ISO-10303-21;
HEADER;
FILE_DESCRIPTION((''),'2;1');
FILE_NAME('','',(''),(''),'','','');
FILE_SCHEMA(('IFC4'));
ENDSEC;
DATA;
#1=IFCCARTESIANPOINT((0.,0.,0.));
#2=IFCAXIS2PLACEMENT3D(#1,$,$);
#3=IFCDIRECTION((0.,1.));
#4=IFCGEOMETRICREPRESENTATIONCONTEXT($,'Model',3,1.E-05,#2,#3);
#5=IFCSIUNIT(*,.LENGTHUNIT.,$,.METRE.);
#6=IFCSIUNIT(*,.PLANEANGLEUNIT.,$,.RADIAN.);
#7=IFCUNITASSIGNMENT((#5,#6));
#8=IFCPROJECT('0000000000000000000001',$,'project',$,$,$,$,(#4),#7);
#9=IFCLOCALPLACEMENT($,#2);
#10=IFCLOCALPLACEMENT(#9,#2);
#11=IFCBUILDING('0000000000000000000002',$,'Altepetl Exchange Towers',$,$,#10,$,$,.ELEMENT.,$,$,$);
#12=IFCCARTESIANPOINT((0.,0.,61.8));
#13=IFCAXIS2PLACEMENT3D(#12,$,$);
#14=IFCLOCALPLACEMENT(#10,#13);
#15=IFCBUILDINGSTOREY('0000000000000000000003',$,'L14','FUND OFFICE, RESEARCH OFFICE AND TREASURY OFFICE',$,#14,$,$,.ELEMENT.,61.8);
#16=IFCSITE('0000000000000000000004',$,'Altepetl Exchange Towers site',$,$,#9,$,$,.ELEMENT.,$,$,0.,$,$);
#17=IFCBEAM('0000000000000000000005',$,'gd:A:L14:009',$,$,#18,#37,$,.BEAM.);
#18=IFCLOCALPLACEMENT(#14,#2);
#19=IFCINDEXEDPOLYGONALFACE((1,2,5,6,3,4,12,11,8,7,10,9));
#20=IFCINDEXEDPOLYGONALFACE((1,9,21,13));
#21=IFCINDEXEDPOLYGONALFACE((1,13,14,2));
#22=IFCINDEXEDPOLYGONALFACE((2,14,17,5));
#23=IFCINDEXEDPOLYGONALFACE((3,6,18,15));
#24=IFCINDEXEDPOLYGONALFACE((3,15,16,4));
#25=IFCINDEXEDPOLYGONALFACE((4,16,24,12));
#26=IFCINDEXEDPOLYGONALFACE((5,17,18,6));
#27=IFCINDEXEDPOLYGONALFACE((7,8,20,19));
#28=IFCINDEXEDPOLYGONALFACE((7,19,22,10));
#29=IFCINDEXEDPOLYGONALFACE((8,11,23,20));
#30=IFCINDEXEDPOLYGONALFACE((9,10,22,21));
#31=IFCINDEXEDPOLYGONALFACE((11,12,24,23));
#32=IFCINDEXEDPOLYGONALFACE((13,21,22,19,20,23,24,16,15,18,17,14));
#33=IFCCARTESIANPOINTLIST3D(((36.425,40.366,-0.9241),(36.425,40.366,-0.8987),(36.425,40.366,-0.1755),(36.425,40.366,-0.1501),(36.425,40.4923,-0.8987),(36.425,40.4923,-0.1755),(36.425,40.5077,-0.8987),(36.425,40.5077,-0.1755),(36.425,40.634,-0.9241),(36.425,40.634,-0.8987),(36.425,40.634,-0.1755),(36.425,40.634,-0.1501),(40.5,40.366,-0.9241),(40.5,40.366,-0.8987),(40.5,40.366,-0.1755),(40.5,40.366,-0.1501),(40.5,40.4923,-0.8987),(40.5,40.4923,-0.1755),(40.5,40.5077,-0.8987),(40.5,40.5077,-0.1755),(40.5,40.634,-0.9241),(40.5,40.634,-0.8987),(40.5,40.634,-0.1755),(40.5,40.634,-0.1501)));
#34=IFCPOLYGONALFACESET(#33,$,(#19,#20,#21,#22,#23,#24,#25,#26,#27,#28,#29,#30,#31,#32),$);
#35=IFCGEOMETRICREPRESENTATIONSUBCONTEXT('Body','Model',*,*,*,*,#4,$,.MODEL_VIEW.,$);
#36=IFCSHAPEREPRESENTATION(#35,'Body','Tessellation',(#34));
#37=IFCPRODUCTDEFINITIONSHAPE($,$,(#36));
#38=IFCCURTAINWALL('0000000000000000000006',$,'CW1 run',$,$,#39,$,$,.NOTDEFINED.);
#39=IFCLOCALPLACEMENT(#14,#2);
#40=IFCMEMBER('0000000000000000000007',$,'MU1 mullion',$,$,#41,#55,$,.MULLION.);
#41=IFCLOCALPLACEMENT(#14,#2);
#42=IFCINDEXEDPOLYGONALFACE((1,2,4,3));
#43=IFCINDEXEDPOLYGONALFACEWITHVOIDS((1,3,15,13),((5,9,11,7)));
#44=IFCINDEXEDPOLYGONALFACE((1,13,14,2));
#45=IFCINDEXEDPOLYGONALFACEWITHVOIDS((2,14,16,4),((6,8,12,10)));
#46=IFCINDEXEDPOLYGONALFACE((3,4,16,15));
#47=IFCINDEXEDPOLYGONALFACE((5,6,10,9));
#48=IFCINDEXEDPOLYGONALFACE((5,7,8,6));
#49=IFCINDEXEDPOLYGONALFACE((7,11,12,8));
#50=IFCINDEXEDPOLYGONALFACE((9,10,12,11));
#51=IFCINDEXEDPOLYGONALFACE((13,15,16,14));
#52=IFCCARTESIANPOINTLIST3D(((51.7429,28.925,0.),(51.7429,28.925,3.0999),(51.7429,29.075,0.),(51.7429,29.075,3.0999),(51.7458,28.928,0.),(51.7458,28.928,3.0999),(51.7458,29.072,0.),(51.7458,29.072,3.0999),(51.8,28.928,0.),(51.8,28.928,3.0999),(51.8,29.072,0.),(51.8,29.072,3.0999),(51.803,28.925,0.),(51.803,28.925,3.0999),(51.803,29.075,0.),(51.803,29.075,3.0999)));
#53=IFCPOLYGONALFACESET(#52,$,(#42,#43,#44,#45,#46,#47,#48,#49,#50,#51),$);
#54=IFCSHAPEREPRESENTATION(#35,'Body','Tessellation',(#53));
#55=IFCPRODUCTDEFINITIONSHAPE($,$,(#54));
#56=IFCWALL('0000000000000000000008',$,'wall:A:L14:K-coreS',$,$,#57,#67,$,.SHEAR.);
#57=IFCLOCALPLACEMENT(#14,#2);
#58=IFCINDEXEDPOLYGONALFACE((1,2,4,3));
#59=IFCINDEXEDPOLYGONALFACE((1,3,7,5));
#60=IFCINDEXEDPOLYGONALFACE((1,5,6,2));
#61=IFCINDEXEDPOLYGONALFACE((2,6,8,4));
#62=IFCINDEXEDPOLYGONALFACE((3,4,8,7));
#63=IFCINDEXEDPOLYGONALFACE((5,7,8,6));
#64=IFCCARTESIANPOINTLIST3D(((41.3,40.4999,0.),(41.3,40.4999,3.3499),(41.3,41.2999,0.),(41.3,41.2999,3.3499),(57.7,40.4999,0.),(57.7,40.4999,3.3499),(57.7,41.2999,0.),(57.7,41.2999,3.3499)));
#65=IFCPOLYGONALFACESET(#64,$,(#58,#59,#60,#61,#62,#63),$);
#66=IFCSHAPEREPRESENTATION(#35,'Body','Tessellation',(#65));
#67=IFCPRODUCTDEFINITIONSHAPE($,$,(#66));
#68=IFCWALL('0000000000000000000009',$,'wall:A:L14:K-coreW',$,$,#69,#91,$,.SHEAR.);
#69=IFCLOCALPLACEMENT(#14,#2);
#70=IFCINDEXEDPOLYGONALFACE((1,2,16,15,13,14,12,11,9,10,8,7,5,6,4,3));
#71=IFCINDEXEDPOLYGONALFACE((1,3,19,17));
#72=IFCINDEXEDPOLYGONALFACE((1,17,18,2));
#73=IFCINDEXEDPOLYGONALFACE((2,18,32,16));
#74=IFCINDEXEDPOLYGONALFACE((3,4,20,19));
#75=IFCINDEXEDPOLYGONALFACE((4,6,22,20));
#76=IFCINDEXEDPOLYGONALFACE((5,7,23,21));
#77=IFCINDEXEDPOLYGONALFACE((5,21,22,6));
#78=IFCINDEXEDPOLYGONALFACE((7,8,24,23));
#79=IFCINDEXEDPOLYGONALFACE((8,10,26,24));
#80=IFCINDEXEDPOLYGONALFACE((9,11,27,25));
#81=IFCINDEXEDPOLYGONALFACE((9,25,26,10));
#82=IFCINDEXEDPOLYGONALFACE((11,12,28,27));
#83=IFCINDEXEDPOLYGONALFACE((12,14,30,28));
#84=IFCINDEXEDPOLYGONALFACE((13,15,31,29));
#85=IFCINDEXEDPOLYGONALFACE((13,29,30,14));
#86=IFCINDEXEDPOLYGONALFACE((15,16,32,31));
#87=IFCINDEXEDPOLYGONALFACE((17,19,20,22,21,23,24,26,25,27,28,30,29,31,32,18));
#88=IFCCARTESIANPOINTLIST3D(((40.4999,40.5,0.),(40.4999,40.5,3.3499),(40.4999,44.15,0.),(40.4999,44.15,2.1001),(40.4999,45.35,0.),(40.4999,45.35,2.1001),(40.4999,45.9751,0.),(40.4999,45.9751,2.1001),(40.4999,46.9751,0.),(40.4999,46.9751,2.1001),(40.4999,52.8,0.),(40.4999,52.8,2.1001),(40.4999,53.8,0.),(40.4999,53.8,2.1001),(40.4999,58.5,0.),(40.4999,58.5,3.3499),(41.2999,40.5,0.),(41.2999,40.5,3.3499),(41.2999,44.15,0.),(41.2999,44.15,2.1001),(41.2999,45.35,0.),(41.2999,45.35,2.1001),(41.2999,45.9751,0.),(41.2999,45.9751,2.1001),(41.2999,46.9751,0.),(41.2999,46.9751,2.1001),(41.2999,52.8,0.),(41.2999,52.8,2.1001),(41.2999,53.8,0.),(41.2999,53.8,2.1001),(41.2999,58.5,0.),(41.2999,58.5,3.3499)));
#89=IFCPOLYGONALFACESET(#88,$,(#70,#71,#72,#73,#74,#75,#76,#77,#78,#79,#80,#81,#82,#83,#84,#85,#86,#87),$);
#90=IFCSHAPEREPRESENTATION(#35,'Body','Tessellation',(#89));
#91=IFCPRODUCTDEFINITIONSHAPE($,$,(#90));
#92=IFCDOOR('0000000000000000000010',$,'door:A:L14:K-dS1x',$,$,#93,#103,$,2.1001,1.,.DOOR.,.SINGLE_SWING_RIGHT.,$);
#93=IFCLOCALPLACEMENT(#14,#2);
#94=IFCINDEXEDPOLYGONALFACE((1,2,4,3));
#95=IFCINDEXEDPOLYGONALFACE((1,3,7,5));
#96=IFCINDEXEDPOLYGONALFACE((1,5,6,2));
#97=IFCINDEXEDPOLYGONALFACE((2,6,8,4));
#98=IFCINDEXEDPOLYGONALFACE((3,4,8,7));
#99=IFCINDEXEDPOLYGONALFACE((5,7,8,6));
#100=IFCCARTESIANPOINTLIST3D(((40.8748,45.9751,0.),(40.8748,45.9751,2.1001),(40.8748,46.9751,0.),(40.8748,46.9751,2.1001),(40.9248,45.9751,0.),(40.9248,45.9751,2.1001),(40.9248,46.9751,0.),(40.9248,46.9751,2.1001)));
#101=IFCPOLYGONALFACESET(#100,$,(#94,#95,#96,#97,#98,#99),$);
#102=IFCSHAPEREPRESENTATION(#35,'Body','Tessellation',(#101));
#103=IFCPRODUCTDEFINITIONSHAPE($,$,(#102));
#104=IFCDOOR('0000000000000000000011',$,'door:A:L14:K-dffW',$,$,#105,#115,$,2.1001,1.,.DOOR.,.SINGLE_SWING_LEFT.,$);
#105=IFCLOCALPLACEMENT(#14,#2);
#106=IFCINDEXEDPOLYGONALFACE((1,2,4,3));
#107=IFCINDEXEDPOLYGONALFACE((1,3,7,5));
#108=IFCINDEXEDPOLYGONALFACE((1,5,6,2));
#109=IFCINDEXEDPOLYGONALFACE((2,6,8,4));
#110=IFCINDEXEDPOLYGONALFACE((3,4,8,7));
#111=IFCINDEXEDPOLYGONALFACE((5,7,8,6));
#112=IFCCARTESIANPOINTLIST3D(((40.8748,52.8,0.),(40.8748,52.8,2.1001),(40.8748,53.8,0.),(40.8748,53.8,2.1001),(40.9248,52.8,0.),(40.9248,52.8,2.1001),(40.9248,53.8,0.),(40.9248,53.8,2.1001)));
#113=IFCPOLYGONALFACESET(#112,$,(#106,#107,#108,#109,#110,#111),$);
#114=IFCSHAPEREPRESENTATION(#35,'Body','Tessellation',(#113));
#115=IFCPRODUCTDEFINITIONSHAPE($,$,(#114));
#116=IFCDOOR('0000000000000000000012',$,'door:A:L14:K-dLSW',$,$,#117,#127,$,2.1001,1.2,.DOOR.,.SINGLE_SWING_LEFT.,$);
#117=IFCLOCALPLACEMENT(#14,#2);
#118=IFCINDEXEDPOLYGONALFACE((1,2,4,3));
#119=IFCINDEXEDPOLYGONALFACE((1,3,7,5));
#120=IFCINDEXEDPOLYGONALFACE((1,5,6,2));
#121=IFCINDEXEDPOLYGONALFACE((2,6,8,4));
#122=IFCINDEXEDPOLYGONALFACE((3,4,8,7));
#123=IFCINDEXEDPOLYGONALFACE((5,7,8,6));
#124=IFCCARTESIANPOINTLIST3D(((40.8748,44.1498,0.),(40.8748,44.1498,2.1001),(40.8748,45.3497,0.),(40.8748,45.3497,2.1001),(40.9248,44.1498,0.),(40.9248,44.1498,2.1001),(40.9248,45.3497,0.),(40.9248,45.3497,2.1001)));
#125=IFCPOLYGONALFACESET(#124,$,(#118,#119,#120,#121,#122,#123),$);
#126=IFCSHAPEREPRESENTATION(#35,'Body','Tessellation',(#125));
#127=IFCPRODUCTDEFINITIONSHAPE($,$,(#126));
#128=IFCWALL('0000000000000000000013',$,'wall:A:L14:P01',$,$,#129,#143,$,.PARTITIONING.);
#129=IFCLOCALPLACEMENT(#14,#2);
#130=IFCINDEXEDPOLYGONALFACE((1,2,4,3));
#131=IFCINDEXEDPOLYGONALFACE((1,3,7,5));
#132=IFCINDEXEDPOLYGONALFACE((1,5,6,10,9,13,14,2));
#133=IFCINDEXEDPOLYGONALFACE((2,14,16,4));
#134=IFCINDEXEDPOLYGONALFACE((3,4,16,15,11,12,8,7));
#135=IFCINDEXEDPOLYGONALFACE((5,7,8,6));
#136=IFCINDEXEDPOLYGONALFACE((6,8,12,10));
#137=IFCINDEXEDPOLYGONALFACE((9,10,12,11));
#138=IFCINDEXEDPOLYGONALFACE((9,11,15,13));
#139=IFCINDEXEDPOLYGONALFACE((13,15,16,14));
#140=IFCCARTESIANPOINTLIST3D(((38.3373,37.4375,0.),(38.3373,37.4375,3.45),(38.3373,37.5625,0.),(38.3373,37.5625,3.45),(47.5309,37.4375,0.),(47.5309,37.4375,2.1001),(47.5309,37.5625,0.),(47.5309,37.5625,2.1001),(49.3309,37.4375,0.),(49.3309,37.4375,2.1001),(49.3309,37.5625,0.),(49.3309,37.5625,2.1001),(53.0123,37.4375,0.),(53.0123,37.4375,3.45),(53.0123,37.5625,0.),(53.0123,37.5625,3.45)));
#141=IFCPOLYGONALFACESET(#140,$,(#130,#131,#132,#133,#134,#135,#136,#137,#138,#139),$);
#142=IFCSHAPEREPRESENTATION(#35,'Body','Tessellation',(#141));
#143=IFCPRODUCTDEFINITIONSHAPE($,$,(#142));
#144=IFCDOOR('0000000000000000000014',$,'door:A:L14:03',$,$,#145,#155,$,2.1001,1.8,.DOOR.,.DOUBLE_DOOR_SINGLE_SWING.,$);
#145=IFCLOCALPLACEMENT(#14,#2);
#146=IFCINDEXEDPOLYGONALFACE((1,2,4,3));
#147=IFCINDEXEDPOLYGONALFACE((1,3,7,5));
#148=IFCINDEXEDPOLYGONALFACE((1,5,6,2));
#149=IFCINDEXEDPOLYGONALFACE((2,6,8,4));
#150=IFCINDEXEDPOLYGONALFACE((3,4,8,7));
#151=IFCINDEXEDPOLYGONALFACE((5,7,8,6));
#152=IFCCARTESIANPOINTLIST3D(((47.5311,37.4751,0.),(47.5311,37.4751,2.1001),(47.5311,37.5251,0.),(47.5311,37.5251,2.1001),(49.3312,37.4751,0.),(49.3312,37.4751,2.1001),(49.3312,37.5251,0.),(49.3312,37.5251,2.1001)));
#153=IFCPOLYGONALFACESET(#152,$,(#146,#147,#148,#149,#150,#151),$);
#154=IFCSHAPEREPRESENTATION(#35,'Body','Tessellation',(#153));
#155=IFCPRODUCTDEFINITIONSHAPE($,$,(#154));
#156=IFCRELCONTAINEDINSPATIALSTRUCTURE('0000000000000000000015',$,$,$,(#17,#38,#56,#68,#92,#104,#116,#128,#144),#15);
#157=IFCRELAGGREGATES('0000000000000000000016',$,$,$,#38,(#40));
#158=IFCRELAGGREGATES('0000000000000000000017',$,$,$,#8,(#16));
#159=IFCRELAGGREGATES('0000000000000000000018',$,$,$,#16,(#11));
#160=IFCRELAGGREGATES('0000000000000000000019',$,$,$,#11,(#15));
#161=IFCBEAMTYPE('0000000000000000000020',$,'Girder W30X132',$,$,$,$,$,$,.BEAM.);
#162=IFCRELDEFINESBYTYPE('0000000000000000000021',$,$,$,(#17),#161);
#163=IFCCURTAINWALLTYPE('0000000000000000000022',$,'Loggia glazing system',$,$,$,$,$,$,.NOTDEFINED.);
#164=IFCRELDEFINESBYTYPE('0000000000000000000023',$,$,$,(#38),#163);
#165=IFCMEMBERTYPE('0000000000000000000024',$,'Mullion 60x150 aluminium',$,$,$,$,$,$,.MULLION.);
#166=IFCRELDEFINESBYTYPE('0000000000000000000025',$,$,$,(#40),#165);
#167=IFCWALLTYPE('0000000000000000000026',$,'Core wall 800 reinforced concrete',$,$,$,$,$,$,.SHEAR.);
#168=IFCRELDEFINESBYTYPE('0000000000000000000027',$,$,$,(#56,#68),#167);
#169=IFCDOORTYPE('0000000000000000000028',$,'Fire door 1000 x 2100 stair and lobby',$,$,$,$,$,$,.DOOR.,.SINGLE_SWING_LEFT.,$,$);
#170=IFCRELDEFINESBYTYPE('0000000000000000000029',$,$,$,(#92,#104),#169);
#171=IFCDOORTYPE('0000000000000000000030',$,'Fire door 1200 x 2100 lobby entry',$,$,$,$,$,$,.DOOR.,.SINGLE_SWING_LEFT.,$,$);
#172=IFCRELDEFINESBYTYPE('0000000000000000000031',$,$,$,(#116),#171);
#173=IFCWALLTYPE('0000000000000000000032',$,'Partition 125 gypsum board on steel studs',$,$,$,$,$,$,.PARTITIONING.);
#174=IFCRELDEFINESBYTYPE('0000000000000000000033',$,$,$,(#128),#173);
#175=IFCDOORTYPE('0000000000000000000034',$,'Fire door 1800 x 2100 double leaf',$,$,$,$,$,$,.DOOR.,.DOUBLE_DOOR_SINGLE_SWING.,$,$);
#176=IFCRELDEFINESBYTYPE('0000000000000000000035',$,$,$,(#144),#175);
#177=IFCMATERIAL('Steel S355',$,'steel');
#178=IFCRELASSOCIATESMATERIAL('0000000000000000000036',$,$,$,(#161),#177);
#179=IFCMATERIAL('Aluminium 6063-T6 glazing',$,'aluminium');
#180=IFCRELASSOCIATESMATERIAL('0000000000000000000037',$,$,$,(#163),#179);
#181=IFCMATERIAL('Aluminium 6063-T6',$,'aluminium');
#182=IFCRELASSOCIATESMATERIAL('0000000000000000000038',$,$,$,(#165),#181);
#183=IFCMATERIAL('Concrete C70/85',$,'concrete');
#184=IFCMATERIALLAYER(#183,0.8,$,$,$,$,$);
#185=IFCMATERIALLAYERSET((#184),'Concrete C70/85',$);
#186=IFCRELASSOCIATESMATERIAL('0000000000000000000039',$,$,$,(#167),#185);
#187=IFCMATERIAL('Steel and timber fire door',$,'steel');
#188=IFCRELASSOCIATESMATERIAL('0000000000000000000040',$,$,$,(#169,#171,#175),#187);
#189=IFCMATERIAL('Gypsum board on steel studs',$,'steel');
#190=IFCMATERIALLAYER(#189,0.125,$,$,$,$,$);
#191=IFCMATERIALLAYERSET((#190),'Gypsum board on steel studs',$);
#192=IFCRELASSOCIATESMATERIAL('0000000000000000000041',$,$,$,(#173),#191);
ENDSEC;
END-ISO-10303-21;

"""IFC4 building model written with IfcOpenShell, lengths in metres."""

from ifc_helpers import new_model, si_unit, direction, frame, frame_2d, origin, origin_2d, place, context, subcontext, project, spatial, rectangle, hollow_rectangle, i_section, extrude, material, layer, layer_set, material_profile, profile_set, type_object, element, fill, aggregate, save


model = new_model("IFC4")

# Units and contexts
model_context = context("Model", 3, precision=1e-05, world=origin(), true_north=direction((0.0, 1.0)))
body_context = subcontext(model_context, "Body", "Model", "MODEL_VIEW")
ifc_project = project(units=[si_unit("LENGTHUNIT", "METRE"), si_unit("PLANEANGLEUNIT", "RADIAN")], contexts=[model_context])

# Site, building, storey
site_placement = place(None, origin())
site = spatial("IfcSite", under=ifc_project, at=site_placement, Name="Altepetl Exchange Towers site", CompositionType="ELEMENT", RefElevation=0.0)
building_placement = place(site_placement, origin())
building = spatial("IfcBuilding", under=site, at=building_placement, Name="Altepetl Exchange Towers", CompositionType="ELEMENT")
storey_placement = place(building_placement, frame((0.0, 0.0, 61.8)))
storey = spatial("IfcBuildingStorey", under=building, at=storey_placement, Name="L14", Description="FUND OFFICE, RESEARCH OFFICE AND TREASURY OFFICE", CompositionType="ELEMENT", Elevation=61.8)

# Beam
ifc_material_1 = material(Name="Steel S355", Category="steel")
ifc_material_profile_1 = material_profile(ifc_material_1, i_section(OverallWidth=0.2681, OverallDepth=0.7739, WebThickness=0.0154, FlangeThickness=0.0254, at=origin_2d()), Name="W30X132")
ifc_profile_set_1 = profile_set([ifc_material_profile_1], Name="Steel S355")
beam_type = type_object("IfcBeamType", Name="Girder W30X132", PredefinedType="BEAM", material=ifc_profile_set_1)
beam_placement = place(storey_placement, frame((40.5, 40.5, -0.5371), z_axis=(-1.0, 0.0, 0.0), x_axis=(0.0, -1.0, 0.0)))
element("IfcBeam", 1, at=beam_placement, inside=storey, type_object=beam_type, Name="gd:A:L14:009", PredefinedType="BEAM", context=body_context, shape_type="SweptSolid", body=[
    extrude(i_section(OverallWidth=0.2681, OverallDepth=0.7739, WebThickness=0.0154, FlangeThickness=0.0254, at=origin_2d()), origin(), (0.0, 0.0, 1.0), 4.075),
])

# Curtain wall, member
ifc_material_2 = material(Name="Aluminium 6063-T6 glazing", Category="aluminium")
curtain_wall_type = type_object("IfcCurtainWallType", Name="Loggia glazing system", PredefinedType="NOTDEFINED", material=ifc_material_2)
curtain_wall_placement = place(storey_placement, origin())
curtain_wall = element("IfcCurtainWall", 2, at=curtain_wall_placement, inside=storey, type_object=curtain_wall_type, Name="CW1 run", PredefinedType="NOTDEFINED")
ifc_material_3 = material(Name="Aluminium 6063-T6", Category="aluminium")
ifc_material_profile_2 = material_profile(ifc_material_3, hollow_rectangle(XDim=0.0601, YDim=0.1499, WallThickness=0.0029, at=origin_2d()), Name="Mullion 60x150 aluminium")
ifc_profile_set_2 = profile_set([ifc_material_profile_2], Name="Aluminium 6063-T6")
member_type = type_object("IfcMemberType", Name="Mullion 60x150 aluminium", PredefinedType="MULLION", material=ifc_profile_set_2)
member_placement = place(storey_placement, frame((51.7729, 29.0, 0.0)))
member = element("IfcMember", 3, at=member_placement, type_object=member_type, Name="MU1 mullion", PredefinedType="MULLION", context=body_context, shape_type="SweptSolid", body=[
    extrude(hollow_rectangle(XDim=0.0601, YDim=0.1499, WallThickness=0.0029, at=origin_2d()), origin(), (0.0, 0.0, 1.0), 3.0999),
])
aggregate(curtain_wall, [member])

# Wall
ifc_material_4 = material(Name="Concrete C70/85", Category="concrete")
ifc_layer_1 = layer(ifc_material_4, 0.8)
ifc_layer_set_1 = layer_set([ifc_layer_1], Name="Concrete C70/85")
wall_type_1 = type_object("IfcWallType", Name="Core wall 800 reinforced concrete", PredefinedType="SHEAR", material=ifc_layer_set_1)
wall_1_placement = place(storey_placement, frame((41.3, 40.8999, 0.0)))
element("IfcWall", 4, at=wall_1_placement, inside=storey, type_object=wall_type_1, Name="wall:A:L14:K-coreS", PredefinedType="SHEAR", context=body_context, shape_type="SweptSolid", body=[
    extrude(rectangle(XDim=16.3999, YDim=0.8, at=frame_2d((8.2, 0.0))), origin(), (0.0, 0.0, 1.0), 3.3499),
])

# Wall, openings, doors
wall_2_placement = place(storey_placement, frame((40.8999, 40.5, 0.0), z_axis=(0.0, 0.0, 1.0), x_axis=(0.0, 1.0, 0.0)))
wall_2 = element("IfcWall", 5, at=wall_2_placement, inside=storey, type_object=wall_type_1, Name="wall:A:L14:K-coreW", PredefinedType="SHEAR", context=body_context, shape_type="SweptSolid", body=[
    extrude(rectangle(XDim=18.0, YDim=0.8, at=frame_2d((9.0, 0.0))), origin(), (0.0, 0.0, 1.0), 3.3499),
])
opening_1_placement = place(wall_2_placement, frame((3.6499, 0.0, 0.0)))
opening_1 = element("IfcOpeningElement", 6, at=opening_1_placement, cuts=wall_2, PredefinedType="OPENING", context=body_context, shape_type="SweptSolid", body=[
    extrude(rectangle(XDim=1.2, YDim=2.1001, at=frame_2d((0.6001, 1.05))), frame((0.0, 0.4102, 0.0), z_axis=(0.0, -1.0, 0.0), x_axis=(1.0, 0.0, 0.0)), (0.0, 0.0, 1.0), 0.8201),
])
opening_2_placement = place(wall_2_placement, frame((5.4751, 0.0, 0.0)))
opening_2 = element("IfcOpeningElement", 7, at=opening_2_placement, cuts=wall_2, PredefinedType="OPENING", context=body_context, shape_type="SweptSolid", body=[
    extrude(rectangle(XDim=1.0, YDim=2.1001, at=frame_2d((0.5, 1.05))), frame((0.0, 0.4102, 0.0), z_axis=(0.0, -1.0, 0.0), x_axis=(1.0, 0.0, 0.0)), (0.0, 0.0, 1.0), 0.8201),
])
opening_3_placement = place(wall_2_placement, frame((12.3, 0.0, 0.0)))
opening_3 = element("IfcOpeningElement", 8, at=opening_3_placement, cuts=wall_2, PredefinedType="OPENING", context=body_context, shape_type="SweptSolid", body=[
    extrude(rectangle(XDim=1.0, YDim=2.1001, at=frame_2d((0.5, 1.05))), frame((0.0, 0.4102, 0.0), z_axis=(0.0, -1.0, 0.0), x_axis=(1.0, 0.0, 0.0)), (0.0, 0.0, 1.0), 0.8201),
])
ifc_material_5 = material(Name="Steel and timber fire door", Category="steel")
door_type_1 = type_object("IfcDoorType", Name="Fire door 1000 x 2100 stair and lobby", OperationType="SINGLE_SWING_LEFT", PredefinedType="DOOR", material=ifc_material_5)
door_1_placement = place(opening_2_placement, frame((1.0, 0.0, 0.0), x_axis=(-1.0, 0.0, 0.0)))
door_1 = element("IfcDoor", 9, at=door_1_placement, inside=storey, type_object=door_type_1, Name="door:A:L14:K-dS1x", OperationType="SINGLE_SWING_RIGHT", OverallHeight=2.1001, OverallWidth=1.0, PredefinedType="DOOR", context=body_context, shape_type="SweptSolid", body=[
    extrude(rectangle(XDim=1.0, YDim=2.1001, at=frame_2d((0.5, 1.05))), frame((0.0, 0.0249, 0.0), z_axis=(0.0, -1.0, 0.0), x_axis=(1.0, 0.0, 0.0)), (0.0, 0.0, 1.0), 0.05),
])
fill(opening_2, door_1)
door_2_placement = place(opening_3_placement, frame((1.0, 0.0, 0.0), x_axis=(-1.0, 0.0, 0.0)))
door_2 = element("IfcDoor", 10, at=door_2_placement, inside=storey, type_object=door_type_1, Name="door:A:L14:K-dffW", OperationType="SINGLE_SWING_LEFT", OverallHeight=2.1001, OverallWidth=1.0, PredefinedType="DOOR", context=body_context, shape_type="SweptSolid", body=[
    extrude(rectangle(XDim=1.0, YDim=2.1001, at=frame_2d((0.5, 1.05))), frame((0.0, 0.0249, 0.0), z_axis=(0.0, -1.0, 0.0), x_axis=(1.0, 0.0, 0.0)), (0.0, 0.0, 1.0), 0.05),
])
fill(opening_3, door_2)
door_type_2 = type_object("IfcDoorType", Name="Fire door 1200 x 2100 lobby entry", OperationType="SINGLE_SWING_LEFT", PredefinedType="DOOR", material=ifc_material_5)
door_3_placement = place(opening_1_placement, frame((1.2, 0.0, 0.0), x_axis=(-1.0, 0.0, 0.0)))
door_3 = element("IfcDoor", 11, at=door_3_placement, inside=storey, type_object=door_type_2, Name="door:A:L14:K-dLSW", OperationType="SINGLE_SWING_LEFT", OverallHeight=2.1001, OverallWidth=1.2, PredefinedType="DOOR", context=body_context, shape_type="SweptSolid", body=[
    extrude(rectangle(XDim=1.2, YDim=2.1001, at=frame_2d((0.6001, 1.05))), frame((0.0, 0.0249, 0.0), z_axis=(0.0, -1.0, 0.0), x_axis=(1.0, 0.0, 0.0)), (0.0, 0.0, 1.0), 0.05),
])
fill(opening_1, door_3)

# Wall, opening, door
ifc_material_6 = material(Name="Gypsum board on steel studs", Category="steel")
ifc_layer_2 = layer(ifc_material_6, 0.125)
ifc_layer_set_2 = layer_set([ifc_layer_2], Name="Gypsum board on steel studs")
wall_type_2 = type_object("IfcWallType", Name="Partition 125 gypsum board on steel studs", PredefinedType="PARTITIONING", material=ifc_layer_set_2)
wall_3_placement = place(storey_placement, frame((38.3374, 37.5, 0.0)))
wall_3 = element("IfcWall", 12, at=wall_3_placement, inside=storey, type_object=wall_type_2, Name="wall:A:L14:P01", PredefinedType="PARTITIONING", context=body_context, shape_type="SweptSolid", body=[
    extrude(rectangle(XDim=14.675, YDim=0.125, at=frame_2d((7.3374, 0.0))), origin(), (0.0, 0.0, 1.0), 3.45),
])
opening_4_placement = place(wall_3_placement, frame((9.1936, 0.0, 0.0)))
opening_4 = element("IfcOpeningElement", 13, at=opening_4_placement, cuts=wall_3, PredefinedType="OPENING", context=body_context, shape_type="SweptSolid", body=[
    extrude(rectangle(XDim=1.8, YDim=2.1001, at=frame_2d((0.8999, 1.05))), frame((0.0, 0.0725, 0.0), z_axis=(0.0, -1.0, 0.0), x_axis=(1.0, 0.0, 0.0)), (0.0, 0.0, 1.0), 0.145),
])
door_type_3 = type_object("IfcDoorType", Name="Fire door 1800 x 2100 double leaf", OperationType="DOUBLE_DOOR_SINGLE_SWING", PredefinedType="DOOR", material=ifc_material_5)
door_4_placement = place(opening_4_placement, frame((1.8, 0.0, 0.0), x_axis=(-1.0, 0.0, 0.0)))
door_4 = element("IfcDoor", 14, at=door_4_placement, inside=storey, type_object=door_type_3, Name="door:A:L14:03", OperationType="DOUBLE_DOOR_SINGLE_SWING", OverallHeight=2.1001, OverallWidth=1.8, PredefinedType="DOOR", context=body_context, shape_type="SweptSolid", body=[
    extrude(rectangle(XDim=1.8, YDim=2.1001, at=frame_2d((0.8999, 1.05))), frame((0.0, 0.0249, 0.0), z_axis=(0.0, -1.0, 0.0), x_axis=(1.0, 0.0, 0.0)), (0.0, 0.0, 1.0), 0.05),
])
fill(opening_4, door_4)

save(model, "model.ifc")
